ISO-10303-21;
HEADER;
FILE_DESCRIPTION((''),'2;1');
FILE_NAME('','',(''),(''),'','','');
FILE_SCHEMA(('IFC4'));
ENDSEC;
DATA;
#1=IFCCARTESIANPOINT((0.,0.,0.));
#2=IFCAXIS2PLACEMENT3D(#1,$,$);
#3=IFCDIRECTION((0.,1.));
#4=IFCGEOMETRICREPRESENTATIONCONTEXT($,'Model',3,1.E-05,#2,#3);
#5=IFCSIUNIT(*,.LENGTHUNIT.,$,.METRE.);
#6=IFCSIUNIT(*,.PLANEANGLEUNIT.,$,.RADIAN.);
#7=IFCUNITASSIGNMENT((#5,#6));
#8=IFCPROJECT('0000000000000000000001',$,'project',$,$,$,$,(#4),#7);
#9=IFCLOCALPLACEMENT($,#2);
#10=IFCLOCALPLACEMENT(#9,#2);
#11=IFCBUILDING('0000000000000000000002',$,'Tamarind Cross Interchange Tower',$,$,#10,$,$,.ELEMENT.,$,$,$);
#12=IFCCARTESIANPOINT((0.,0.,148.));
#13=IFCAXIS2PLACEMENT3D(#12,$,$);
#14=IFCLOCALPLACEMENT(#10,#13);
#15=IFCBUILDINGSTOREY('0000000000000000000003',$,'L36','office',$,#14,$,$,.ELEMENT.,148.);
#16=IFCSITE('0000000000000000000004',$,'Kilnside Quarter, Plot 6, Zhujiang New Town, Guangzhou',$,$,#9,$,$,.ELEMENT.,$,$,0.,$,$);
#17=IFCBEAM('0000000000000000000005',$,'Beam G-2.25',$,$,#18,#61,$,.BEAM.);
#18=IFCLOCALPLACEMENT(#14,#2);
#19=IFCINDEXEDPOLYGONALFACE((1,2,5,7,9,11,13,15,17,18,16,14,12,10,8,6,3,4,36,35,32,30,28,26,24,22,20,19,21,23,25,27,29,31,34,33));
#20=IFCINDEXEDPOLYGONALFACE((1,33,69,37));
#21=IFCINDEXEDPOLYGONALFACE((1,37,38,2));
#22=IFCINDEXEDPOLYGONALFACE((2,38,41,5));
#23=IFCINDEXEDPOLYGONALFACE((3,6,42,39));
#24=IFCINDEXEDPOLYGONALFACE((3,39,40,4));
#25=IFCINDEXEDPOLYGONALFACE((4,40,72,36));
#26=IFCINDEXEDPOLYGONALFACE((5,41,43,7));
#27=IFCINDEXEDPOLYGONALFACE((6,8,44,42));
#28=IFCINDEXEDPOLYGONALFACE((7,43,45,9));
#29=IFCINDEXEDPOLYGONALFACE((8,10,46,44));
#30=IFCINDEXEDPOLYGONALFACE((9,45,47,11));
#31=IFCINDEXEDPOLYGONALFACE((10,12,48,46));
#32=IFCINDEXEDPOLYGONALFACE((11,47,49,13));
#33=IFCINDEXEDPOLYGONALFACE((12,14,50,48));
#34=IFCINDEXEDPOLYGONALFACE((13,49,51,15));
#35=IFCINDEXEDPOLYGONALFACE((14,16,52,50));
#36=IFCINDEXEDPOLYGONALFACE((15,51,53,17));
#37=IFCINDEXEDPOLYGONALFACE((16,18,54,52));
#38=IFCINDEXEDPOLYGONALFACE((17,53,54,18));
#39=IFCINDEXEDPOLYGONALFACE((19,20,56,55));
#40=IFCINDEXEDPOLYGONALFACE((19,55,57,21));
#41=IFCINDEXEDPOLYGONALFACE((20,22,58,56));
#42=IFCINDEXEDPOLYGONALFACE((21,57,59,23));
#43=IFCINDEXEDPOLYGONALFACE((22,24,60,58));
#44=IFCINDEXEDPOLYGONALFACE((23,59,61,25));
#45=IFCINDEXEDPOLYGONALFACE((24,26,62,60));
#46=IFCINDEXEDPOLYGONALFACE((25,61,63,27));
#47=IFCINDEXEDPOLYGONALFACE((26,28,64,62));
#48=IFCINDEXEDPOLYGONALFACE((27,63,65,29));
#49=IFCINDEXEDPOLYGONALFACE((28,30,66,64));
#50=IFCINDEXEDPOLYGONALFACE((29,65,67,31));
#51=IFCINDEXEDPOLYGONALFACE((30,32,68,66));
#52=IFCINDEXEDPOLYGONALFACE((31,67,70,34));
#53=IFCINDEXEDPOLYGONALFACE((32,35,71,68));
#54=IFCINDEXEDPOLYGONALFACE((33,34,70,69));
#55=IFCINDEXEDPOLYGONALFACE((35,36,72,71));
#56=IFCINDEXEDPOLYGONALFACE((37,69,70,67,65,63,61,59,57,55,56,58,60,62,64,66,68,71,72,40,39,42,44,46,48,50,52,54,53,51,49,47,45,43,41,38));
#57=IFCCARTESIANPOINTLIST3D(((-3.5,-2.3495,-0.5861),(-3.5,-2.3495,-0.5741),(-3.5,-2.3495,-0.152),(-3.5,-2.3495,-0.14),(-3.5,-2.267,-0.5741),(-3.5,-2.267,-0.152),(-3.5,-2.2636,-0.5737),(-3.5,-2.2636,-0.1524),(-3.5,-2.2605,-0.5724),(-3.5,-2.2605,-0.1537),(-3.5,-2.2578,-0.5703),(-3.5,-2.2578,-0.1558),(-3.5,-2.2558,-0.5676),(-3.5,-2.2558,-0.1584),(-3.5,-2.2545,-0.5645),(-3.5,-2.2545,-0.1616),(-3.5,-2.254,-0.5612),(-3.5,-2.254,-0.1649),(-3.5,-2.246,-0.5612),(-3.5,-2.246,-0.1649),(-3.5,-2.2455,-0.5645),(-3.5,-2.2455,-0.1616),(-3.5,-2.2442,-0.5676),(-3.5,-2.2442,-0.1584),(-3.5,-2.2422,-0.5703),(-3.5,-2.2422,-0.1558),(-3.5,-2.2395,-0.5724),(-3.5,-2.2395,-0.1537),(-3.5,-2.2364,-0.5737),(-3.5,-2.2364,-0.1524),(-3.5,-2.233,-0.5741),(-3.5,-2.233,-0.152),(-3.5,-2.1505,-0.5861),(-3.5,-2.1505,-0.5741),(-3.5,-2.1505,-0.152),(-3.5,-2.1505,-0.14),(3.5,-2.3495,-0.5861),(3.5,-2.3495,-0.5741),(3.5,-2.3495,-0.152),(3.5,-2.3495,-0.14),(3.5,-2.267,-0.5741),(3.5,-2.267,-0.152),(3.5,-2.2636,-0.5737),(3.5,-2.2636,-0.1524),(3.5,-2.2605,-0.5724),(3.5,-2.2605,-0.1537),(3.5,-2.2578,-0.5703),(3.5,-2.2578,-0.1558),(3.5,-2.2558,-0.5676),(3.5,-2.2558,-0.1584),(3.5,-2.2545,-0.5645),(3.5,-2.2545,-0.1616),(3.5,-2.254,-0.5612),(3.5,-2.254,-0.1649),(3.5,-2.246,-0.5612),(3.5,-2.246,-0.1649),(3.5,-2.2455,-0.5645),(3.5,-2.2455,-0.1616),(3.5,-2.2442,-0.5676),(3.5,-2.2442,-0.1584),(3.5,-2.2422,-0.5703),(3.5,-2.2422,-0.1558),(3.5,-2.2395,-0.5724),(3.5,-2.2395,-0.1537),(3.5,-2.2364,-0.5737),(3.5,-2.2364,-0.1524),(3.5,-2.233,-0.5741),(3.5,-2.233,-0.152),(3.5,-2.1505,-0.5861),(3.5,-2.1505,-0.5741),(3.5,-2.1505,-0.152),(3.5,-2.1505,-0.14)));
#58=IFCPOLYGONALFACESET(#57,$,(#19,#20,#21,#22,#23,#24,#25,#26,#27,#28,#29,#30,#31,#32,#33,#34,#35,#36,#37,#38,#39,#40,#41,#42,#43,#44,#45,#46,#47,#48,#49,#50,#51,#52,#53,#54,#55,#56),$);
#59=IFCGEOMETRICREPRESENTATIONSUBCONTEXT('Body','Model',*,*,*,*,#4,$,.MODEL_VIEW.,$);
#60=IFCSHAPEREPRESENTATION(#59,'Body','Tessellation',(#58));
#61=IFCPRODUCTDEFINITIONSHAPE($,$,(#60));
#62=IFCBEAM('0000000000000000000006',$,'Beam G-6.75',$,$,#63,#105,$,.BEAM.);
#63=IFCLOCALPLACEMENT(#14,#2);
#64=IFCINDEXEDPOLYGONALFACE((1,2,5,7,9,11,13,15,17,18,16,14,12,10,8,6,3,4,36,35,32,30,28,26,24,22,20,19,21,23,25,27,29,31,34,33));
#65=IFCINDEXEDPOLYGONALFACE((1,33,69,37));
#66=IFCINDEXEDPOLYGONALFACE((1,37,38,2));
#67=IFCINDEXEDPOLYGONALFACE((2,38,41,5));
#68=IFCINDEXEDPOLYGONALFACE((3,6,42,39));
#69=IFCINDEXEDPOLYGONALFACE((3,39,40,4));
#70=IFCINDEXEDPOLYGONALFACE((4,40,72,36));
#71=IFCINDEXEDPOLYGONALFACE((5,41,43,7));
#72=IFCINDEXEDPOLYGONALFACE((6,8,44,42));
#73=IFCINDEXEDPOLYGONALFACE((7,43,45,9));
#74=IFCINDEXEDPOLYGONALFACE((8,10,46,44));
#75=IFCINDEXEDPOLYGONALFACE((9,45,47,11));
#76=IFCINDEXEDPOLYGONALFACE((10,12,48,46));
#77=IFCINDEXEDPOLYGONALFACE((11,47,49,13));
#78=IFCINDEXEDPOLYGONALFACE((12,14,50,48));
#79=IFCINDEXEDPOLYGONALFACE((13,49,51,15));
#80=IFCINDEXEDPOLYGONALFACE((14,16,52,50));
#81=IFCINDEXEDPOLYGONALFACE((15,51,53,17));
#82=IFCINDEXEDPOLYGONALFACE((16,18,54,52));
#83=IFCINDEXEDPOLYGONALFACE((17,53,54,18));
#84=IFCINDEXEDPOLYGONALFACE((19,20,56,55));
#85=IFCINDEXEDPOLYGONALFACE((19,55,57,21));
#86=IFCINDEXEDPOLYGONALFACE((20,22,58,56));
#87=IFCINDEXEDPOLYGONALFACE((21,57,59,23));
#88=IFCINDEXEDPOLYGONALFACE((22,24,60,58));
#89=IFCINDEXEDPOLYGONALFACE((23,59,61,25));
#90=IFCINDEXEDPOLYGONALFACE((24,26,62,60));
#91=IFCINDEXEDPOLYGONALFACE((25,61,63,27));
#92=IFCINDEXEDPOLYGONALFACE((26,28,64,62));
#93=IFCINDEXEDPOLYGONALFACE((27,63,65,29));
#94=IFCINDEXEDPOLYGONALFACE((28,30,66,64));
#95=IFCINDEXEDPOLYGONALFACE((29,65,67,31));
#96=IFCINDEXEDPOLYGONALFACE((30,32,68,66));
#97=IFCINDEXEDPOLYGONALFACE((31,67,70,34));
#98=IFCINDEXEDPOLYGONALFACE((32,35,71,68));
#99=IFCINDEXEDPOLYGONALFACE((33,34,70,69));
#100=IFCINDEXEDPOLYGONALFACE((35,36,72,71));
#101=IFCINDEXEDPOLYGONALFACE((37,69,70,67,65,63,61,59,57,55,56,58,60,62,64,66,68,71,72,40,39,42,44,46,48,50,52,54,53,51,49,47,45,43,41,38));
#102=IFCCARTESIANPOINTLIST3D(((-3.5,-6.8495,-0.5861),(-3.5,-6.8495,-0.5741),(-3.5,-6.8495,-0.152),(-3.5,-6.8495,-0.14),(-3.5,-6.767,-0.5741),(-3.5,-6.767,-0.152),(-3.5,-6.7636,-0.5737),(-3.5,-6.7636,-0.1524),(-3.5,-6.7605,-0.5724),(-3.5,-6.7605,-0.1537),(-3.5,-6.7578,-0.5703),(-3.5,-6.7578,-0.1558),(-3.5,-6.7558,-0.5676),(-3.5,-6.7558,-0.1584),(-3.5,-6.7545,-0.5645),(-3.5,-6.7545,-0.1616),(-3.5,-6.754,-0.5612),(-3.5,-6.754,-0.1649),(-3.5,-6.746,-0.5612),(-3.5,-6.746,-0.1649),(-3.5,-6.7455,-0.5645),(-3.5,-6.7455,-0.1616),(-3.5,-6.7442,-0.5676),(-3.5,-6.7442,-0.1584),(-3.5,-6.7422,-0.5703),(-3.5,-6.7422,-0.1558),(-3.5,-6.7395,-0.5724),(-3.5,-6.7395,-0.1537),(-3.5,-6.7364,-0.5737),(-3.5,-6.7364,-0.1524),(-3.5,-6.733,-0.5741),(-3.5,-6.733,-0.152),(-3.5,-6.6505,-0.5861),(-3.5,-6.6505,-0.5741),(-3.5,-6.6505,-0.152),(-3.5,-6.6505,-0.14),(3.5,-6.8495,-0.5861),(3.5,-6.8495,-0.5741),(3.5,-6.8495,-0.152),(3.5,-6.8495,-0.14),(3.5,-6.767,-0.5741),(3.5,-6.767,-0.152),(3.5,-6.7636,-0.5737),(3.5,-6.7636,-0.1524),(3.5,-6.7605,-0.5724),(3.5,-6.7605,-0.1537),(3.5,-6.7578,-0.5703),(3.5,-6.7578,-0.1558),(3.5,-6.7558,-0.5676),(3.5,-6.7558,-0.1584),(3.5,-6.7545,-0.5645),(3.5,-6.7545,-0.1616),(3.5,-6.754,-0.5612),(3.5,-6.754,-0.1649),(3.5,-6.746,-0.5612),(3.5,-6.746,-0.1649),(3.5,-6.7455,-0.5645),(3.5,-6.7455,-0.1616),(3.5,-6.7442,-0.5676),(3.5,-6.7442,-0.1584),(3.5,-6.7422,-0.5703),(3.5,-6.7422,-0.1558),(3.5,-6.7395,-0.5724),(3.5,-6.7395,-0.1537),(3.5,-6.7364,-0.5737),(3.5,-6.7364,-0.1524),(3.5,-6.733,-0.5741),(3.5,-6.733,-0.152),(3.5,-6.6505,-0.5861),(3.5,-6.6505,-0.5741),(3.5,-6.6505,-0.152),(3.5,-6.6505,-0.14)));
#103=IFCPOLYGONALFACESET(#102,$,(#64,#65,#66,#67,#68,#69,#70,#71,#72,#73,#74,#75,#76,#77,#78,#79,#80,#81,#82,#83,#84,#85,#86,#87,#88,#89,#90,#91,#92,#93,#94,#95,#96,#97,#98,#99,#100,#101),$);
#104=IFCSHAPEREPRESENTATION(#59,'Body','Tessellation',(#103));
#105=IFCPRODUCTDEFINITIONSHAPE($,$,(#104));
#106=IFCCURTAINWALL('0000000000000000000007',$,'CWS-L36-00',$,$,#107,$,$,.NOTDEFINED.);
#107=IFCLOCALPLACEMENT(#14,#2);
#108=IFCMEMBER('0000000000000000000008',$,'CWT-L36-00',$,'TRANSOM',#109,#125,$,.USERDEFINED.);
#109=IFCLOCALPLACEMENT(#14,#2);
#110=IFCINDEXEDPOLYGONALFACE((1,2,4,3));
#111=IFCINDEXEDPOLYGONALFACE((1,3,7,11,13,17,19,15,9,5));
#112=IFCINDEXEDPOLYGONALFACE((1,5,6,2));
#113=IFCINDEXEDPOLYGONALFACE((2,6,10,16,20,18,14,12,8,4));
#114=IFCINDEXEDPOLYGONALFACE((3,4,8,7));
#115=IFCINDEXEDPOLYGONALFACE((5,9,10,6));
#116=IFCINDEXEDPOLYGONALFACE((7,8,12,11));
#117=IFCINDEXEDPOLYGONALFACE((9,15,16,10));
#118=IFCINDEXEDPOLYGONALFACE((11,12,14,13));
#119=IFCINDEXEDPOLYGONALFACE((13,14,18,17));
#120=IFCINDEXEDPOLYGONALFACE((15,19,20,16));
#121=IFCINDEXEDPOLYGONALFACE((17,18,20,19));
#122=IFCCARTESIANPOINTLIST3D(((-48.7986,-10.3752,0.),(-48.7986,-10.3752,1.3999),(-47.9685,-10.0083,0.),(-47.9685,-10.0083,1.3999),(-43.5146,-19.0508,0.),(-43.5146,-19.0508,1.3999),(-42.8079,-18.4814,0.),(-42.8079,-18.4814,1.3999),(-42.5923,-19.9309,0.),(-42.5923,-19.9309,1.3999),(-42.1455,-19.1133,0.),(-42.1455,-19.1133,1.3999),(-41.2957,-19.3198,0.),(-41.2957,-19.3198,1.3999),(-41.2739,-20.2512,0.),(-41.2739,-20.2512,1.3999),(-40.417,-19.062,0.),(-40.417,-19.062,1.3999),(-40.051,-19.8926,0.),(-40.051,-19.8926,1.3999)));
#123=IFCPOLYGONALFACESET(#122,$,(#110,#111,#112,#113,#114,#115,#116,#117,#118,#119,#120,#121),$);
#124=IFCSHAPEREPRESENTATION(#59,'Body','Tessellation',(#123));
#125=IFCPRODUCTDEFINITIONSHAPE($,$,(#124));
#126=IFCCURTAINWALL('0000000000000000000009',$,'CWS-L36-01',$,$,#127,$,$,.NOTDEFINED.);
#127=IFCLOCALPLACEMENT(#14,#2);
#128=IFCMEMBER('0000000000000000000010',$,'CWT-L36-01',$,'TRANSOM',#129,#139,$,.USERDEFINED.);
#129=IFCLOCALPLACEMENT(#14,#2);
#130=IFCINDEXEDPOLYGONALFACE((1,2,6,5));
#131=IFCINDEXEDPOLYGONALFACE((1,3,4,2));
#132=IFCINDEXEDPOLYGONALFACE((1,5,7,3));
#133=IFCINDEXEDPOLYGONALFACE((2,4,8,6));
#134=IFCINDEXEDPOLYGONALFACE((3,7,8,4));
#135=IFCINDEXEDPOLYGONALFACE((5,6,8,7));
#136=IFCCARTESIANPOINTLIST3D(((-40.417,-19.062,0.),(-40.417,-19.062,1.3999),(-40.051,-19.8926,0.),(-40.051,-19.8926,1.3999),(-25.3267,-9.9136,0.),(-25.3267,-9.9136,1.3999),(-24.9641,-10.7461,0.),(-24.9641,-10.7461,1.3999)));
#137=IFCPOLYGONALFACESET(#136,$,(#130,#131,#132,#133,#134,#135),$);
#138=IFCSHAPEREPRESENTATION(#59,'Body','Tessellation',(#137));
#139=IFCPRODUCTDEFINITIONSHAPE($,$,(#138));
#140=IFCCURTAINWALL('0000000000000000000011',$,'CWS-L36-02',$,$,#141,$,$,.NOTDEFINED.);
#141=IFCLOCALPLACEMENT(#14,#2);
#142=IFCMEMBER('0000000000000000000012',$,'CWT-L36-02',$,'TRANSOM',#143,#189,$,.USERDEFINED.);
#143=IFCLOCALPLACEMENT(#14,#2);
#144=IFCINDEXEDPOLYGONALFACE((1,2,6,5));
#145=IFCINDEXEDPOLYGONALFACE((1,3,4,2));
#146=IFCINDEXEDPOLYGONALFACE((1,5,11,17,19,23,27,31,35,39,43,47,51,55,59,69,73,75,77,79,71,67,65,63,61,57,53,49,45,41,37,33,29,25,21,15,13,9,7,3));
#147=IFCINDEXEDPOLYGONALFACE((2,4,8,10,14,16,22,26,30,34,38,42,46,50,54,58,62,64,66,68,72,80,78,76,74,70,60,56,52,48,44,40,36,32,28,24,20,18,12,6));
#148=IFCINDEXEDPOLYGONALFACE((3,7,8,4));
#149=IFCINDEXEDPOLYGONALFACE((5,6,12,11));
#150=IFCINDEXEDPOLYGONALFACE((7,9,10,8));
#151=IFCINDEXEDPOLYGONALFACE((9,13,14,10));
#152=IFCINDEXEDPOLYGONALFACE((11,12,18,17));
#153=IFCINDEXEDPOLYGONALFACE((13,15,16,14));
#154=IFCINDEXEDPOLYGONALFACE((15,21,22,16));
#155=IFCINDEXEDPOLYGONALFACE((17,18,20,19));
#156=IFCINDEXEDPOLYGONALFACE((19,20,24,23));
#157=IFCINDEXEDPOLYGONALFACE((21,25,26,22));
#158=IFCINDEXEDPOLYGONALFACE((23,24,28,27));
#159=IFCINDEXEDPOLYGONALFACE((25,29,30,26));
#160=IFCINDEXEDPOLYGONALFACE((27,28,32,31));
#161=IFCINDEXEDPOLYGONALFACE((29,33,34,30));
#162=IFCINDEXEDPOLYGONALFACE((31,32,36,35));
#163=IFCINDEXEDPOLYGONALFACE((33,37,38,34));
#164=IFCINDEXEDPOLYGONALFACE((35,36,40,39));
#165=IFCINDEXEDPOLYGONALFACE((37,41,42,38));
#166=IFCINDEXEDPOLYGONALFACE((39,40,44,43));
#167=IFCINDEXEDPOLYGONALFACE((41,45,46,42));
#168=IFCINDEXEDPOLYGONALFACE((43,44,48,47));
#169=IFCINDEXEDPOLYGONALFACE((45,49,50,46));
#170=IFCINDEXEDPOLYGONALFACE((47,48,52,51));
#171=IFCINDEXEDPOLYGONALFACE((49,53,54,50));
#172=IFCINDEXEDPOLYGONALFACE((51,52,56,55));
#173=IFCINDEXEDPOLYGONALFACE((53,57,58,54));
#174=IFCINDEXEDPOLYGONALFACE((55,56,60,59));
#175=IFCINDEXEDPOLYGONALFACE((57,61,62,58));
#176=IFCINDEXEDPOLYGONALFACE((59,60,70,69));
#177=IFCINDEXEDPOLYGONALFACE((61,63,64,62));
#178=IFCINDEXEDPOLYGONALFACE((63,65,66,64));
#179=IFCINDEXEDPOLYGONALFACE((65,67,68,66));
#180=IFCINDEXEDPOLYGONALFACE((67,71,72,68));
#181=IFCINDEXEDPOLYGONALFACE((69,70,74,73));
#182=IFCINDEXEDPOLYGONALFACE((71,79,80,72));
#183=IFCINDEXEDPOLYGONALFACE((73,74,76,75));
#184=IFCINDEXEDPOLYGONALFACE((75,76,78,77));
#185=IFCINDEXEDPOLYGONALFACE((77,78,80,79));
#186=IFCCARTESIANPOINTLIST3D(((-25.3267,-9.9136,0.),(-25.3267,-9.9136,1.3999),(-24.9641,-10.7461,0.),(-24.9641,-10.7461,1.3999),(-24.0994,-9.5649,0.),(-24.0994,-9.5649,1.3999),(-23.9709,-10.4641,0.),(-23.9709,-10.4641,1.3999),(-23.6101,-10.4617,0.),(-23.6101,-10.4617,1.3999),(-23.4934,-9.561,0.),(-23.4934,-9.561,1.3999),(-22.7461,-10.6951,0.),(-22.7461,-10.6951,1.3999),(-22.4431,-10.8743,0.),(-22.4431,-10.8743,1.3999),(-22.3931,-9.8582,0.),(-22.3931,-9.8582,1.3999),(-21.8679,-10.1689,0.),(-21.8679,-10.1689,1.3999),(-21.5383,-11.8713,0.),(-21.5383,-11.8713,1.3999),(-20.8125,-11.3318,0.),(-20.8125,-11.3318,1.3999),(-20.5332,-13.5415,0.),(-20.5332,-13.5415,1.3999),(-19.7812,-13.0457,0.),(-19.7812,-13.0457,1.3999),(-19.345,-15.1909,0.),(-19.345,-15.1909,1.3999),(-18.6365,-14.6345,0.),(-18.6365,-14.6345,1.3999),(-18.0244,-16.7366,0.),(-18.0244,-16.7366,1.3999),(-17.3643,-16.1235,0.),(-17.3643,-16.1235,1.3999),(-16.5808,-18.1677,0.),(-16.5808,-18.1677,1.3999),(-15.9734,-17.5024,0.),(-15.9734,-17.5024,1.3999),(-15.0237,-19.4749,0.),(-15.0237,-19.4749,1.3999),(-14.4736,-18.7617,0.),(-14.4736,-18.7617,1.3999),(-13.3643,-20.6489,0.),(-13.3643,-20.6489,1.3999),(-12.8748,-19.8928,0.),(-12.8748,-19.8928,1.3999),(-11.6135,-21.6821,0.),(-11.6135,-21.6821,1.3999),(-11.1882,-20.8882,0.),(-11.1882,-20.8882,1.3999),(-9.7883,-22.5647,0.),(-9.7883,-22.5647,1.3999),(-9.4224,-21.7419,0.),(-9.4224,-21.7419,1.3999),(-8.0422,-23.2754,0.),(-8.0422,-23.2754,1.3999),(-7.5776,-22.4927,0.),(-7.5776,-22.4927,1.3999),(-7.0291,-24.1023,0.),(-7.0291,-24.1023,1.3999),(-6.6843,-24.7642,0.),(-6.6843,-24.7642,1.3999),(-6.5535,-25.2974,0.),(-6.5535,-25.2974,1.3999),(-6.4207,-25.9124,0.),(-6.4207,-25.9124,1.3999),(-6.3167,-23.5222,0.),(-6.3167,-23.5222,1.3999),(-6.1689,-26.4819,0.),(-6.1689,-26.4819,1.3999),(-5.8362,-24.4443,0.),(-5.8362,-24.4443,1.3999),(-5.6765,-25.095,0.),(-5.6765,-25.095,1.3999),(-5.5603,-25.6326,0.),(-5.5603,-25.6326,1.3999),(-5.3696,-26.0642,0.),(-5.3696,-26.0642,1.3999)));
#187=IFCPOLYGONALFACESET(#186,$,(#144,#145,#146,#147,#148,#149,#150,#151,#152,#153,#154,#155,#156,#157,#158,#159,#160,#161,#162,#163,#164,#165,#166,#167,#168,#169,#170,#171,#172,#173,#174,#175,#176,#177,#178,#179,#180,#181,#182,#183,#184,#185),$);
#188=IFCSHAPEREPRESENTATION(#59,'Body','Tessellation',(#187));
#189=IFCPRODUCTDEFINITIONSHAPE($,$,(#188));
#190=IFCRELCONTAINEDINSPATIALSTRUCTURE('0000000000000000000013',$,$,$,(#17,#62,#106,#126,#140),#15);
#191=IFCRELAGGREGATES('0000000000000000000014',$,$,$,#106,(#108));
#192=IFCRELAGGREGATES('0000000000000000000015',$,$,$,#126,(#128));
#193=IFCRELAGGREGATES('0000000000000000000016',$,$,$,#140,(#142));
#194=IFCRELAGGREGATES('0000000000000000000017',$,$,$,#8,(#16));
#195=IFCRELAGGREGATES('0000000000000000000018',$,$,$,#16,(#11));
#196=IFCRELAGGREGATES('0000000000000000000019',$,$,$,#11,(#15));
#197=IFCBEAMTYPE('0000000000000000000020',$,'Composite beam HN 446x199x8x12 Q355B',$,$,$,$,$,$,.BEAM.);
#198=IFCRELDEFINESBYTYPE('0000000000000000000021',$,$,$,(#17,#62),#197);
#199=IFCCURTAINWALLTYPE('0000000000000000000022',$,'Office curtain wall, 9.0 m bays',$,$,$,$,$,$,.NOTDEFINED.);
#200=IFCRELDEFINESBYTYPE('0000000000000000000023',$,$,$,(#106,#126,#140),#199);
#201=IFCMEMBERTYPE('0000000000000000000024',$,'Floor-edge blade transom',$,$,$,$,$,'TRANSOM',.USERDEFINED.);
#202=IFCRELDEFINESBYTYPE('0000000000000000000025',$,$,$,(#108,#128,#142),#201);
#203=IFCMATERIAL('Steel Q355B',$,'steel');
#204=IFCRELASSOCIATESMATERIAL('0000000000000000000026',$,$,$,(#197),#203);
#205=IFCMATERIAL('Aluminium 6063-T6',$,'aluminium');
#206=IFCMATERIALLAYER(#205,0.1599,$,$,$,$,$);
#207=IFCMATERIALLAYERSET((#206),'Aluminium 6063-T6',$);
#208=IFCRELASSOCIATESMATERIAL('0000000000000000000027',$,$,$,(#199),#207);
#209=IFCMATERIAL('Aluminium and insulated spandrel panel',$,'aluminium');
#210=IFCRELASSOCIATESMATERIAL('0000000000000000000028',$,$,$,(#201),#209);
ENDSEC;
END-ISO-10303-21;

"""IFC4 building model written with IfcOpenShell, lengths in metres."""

from ifc_helpers import new_model, si_unit, direction, frame, origin, origin_2d, place, context, subcontext, project, spatial, polyline, i_section, outline, extrude, material, layer, layer_set, material_profile, profile_set, type_object, element, aggregate, save


model = new_model("IFC4")

# Units and contexts
model_context = context("Model", 3, precision=1e-05, world=origin(), true_north=direction((0.0, 1.0)))
body_context = subcontext(model_context, "Body", "Model", "MODEL_VIEW")
ifc_project = project(units=[si_unit("LENGTHUNIT", "METRE"), si_unit("PLANEANGLEUNIT", "RADIAN")], contexts=[model_context])

# Site, building, storey
site_placement = place(None, origin())
site = spatial("IfcSite", under=ifc_project, at=site_placement, Name="Kilnside Quarter, Plot 6, Zhujiang New Town, Guangzhou", CompositionType="ELEMENT", RefElevation=0.0)
building_placement = place(site_placement, origin())
building = spatial("IfcBuilding", under=site, at=building_placement, Name="Tamarind Cross Interchange Tower", CompositionType="ELEMENT")
storey_placement = place(building_placement, frame((0.0, 0.0, 148.0)))
storey = spatial("IfcBuildingStorey", under=building, at=storey_placement, Name="L36", Description="office", CompositionType="ELEMENT", Elevation=148.0)

# Beams
ifc_material_1 = material(Name="Steel Q355B", Category="steel")
ifc_material_profile = material_profile(ifc_material_1, i_section(OverallWidth=0.199, OverallDepth=0.446, WebThickness=0.0081, FlangeThickness=0.012, FilletRadius=0.0129, at=origin_2d()), Name="HN 446x199x8x12")
ifc_profile_set = profile_set([ifc_material_profile], Name="Steel Q355B")
beam_type = type_object("IfcBeamType", Name="Composite beam HN 446x199x8x12 Q355B", PredefinedType="BEAM", material=ifc_profile_set)
for number, where, z_axis, x_axis, name in (
    (1, (-3.5, -2.25, -0.363), (1.0, 0.0, 0.0), (0.0, 1.0, 0.0), "Beam G-2.25"),
    (2, (-3.5, -6.75, -0.363), (1.0, 0.0, 0.0), (0.0, 1.0, 0.0), "Beam G-6.75"),
):
    element("IfcBeam", number, at=place(storey_placement, frame(where, z_axis=z_axis, x_axis=x_axis)), inside=storey, type_object=beam_type, Name=name, PredefinedType="BEAM", context=body_context, shape_type="SweptSolid", body=[
        extrude(i_section(OverallWidth=0.199, OverallDepth=0.446, WebThickness=0.0081, FlangeThickness=0.012, FilletRadius=0.0129, at=origin_2d()), origin(), (0.0, 0.0, 1.0), 7.0),
    ])

# Curtain walls, members
ifc_material_2 = material(Name="Aluminium 6063-T6", Category="aluminium")
ifc_layer_1 = layer(ifc_material_2, 0.1599)
ifc_layer_set_1 = layer_set([ifc_layer_1], Name="Aluminium 6063-T6")
curtain_wall_type = type_object("IfcCurtainWallType", Name="Office curtain wall, 9.0 m bays", PredefinedType="NOTDEFINED", material=ifc_layer_set_1)
curtain_wall_1_placement = place(storey_placement, origin())
curtain_wall_1 = element("IfcCurtainWall", 3, at=curtain_wall_1_placement, inside=storey, type_object=curtain_wall_type, Name="CWS-L36-00", PredefinedType="NOTDEFINED")
ifc_material_3 = material(Name="Aluminium and insulated spandrel panel", Category="aluminium")
member_type = type_object("IfcMemberType", Name="Floor-edge blade transom", ElementType="TRANSOM", PredefinedType="USERDEFINED", material=ifc_material_3)
member_1_placement = place(storey_placement, origin())
member_1 = element("IfcMember", 4, at=member_1_placement, type_object=member_type, Name="CWT-L36-00", ObjectType="TRANSOM", PredefinedType="USERDEFINED", context=body_context, shape_type="SweptSolid", body=[
    extrude(outline(polyline([(-47.9685, -10.0083), (-42.8079, -18.4814), (-42.1455, -19.1133), (-41.2957, -19.3198), (-40.417, -19.062), (-40.051, -19.8926), (-41.2739, -20.2512), (-42.5923, -19.9309), (-43.5146, -19.0508), (-48.7986, -10.3752), (-47.9685, -10.0083)])), origin(), (0.0, 0.0, 1.0), 1.3999),
])
curtain_wall_2_placement = place(storey_placement, origin())
curtain_wall_2 = element("IfcCurtainWall", 5, at=curtain_wall_2_placement, inside=storey, type_object=curtain_wall_type, Name="CWS-L36-01", PredefinedType="NOTDEFINED")
member_2_placement = place(storey_placement, origin())
member_2 = element("IfcMember", 6, at=member_2_placement, type_object=member_type, Name="CWT-L36-01", ObjectType="TRANSOM", PredefinedType="USERDEFINED", context=body_context, shape_type="SweptSolid", body=[
    extrude(outline(polyline([(-40.417, -19.062), (-25.3267, -9.9136), (-24.9641, -10.7461), (-40.051, -19.8926), (-40.417, -19.062)])), origin(), (0.0, 0.0, 1.0), 1.3999),
])
curtain_wall_3_placement = place(storey_placement, origin())
curtain_wall_3 = element("IfcCurtainWall", 7, at=curtain_wall_3_placement, inside=storey, type_object=curtain_wall_type, Name="CWS-L36-02", PredefinedType="NOTDEFINED")
member_3_placement = place(storey_placement, origin())
member_3 = element("IfcMember", 8, at=member_3_placement, type_object=member_type, Name="CWT-L36-02", ObjectType="TRANSOM", PredefinedType="USERDEFINED", context=body_context, shape_type="SweptSolid", body=[
    extrude(outline(polyline([(-25.3267, -9.9136), (-24.0994, -9.5649), (-23.4934, -9.561), (-22.3931, -9.8582), (-21.8679, -10.1689), (-20.8125, -11.3318), (-19.7812, -13.0457), (-18.6365, -14.6345), (-17.3643, -16.1235), (-15.9734, -17.5024), (-14.4736, -18.7617), (-12.8748, -19.8928), (-11.1882, -20.8882), (-9.4224, -21.7419), (-7.5776, -22.4927), (-6.3167, -23.5222), (-5.8362, -24.4443), (-5.6765, -25.095), (-5.5603, -25.6326), (-5.3696, -26.0642), (-6.1689, -26.4819), (-6.4207, -25.9124), (-6.5535, -25.2974), (-6.6843, -24.7642), (-7.0291, -24.1023), (-8.0422, -23.2754), (-9.7883, -22.5647), (-11.6135, -21.6821), (-13.3643, -20.6489), (-15.0237, -19.4749), (-16.5808, -18.1677), (-18.0244, -16.7366), (-19.345, -15.1909), (-20.5332, -13.5415), (-21.5383, -11.8713), (-22.4431, -10.8743), (-22.7461, -10.6951), (-23.6101, -10.4617), (-23.9709, -10.4641), (-24.9641, -10.7461), (-25.3267, -9.9136)])), origin(), (0.0, 0.0, 1.0), 1.3999),
])

aggregate(curtain_wall_1, [member_1])
aggregate(curtain_wall_2, [member_2])
aggregate(curtain_wall_3, [member_3])

save(model, "model.ifc")
